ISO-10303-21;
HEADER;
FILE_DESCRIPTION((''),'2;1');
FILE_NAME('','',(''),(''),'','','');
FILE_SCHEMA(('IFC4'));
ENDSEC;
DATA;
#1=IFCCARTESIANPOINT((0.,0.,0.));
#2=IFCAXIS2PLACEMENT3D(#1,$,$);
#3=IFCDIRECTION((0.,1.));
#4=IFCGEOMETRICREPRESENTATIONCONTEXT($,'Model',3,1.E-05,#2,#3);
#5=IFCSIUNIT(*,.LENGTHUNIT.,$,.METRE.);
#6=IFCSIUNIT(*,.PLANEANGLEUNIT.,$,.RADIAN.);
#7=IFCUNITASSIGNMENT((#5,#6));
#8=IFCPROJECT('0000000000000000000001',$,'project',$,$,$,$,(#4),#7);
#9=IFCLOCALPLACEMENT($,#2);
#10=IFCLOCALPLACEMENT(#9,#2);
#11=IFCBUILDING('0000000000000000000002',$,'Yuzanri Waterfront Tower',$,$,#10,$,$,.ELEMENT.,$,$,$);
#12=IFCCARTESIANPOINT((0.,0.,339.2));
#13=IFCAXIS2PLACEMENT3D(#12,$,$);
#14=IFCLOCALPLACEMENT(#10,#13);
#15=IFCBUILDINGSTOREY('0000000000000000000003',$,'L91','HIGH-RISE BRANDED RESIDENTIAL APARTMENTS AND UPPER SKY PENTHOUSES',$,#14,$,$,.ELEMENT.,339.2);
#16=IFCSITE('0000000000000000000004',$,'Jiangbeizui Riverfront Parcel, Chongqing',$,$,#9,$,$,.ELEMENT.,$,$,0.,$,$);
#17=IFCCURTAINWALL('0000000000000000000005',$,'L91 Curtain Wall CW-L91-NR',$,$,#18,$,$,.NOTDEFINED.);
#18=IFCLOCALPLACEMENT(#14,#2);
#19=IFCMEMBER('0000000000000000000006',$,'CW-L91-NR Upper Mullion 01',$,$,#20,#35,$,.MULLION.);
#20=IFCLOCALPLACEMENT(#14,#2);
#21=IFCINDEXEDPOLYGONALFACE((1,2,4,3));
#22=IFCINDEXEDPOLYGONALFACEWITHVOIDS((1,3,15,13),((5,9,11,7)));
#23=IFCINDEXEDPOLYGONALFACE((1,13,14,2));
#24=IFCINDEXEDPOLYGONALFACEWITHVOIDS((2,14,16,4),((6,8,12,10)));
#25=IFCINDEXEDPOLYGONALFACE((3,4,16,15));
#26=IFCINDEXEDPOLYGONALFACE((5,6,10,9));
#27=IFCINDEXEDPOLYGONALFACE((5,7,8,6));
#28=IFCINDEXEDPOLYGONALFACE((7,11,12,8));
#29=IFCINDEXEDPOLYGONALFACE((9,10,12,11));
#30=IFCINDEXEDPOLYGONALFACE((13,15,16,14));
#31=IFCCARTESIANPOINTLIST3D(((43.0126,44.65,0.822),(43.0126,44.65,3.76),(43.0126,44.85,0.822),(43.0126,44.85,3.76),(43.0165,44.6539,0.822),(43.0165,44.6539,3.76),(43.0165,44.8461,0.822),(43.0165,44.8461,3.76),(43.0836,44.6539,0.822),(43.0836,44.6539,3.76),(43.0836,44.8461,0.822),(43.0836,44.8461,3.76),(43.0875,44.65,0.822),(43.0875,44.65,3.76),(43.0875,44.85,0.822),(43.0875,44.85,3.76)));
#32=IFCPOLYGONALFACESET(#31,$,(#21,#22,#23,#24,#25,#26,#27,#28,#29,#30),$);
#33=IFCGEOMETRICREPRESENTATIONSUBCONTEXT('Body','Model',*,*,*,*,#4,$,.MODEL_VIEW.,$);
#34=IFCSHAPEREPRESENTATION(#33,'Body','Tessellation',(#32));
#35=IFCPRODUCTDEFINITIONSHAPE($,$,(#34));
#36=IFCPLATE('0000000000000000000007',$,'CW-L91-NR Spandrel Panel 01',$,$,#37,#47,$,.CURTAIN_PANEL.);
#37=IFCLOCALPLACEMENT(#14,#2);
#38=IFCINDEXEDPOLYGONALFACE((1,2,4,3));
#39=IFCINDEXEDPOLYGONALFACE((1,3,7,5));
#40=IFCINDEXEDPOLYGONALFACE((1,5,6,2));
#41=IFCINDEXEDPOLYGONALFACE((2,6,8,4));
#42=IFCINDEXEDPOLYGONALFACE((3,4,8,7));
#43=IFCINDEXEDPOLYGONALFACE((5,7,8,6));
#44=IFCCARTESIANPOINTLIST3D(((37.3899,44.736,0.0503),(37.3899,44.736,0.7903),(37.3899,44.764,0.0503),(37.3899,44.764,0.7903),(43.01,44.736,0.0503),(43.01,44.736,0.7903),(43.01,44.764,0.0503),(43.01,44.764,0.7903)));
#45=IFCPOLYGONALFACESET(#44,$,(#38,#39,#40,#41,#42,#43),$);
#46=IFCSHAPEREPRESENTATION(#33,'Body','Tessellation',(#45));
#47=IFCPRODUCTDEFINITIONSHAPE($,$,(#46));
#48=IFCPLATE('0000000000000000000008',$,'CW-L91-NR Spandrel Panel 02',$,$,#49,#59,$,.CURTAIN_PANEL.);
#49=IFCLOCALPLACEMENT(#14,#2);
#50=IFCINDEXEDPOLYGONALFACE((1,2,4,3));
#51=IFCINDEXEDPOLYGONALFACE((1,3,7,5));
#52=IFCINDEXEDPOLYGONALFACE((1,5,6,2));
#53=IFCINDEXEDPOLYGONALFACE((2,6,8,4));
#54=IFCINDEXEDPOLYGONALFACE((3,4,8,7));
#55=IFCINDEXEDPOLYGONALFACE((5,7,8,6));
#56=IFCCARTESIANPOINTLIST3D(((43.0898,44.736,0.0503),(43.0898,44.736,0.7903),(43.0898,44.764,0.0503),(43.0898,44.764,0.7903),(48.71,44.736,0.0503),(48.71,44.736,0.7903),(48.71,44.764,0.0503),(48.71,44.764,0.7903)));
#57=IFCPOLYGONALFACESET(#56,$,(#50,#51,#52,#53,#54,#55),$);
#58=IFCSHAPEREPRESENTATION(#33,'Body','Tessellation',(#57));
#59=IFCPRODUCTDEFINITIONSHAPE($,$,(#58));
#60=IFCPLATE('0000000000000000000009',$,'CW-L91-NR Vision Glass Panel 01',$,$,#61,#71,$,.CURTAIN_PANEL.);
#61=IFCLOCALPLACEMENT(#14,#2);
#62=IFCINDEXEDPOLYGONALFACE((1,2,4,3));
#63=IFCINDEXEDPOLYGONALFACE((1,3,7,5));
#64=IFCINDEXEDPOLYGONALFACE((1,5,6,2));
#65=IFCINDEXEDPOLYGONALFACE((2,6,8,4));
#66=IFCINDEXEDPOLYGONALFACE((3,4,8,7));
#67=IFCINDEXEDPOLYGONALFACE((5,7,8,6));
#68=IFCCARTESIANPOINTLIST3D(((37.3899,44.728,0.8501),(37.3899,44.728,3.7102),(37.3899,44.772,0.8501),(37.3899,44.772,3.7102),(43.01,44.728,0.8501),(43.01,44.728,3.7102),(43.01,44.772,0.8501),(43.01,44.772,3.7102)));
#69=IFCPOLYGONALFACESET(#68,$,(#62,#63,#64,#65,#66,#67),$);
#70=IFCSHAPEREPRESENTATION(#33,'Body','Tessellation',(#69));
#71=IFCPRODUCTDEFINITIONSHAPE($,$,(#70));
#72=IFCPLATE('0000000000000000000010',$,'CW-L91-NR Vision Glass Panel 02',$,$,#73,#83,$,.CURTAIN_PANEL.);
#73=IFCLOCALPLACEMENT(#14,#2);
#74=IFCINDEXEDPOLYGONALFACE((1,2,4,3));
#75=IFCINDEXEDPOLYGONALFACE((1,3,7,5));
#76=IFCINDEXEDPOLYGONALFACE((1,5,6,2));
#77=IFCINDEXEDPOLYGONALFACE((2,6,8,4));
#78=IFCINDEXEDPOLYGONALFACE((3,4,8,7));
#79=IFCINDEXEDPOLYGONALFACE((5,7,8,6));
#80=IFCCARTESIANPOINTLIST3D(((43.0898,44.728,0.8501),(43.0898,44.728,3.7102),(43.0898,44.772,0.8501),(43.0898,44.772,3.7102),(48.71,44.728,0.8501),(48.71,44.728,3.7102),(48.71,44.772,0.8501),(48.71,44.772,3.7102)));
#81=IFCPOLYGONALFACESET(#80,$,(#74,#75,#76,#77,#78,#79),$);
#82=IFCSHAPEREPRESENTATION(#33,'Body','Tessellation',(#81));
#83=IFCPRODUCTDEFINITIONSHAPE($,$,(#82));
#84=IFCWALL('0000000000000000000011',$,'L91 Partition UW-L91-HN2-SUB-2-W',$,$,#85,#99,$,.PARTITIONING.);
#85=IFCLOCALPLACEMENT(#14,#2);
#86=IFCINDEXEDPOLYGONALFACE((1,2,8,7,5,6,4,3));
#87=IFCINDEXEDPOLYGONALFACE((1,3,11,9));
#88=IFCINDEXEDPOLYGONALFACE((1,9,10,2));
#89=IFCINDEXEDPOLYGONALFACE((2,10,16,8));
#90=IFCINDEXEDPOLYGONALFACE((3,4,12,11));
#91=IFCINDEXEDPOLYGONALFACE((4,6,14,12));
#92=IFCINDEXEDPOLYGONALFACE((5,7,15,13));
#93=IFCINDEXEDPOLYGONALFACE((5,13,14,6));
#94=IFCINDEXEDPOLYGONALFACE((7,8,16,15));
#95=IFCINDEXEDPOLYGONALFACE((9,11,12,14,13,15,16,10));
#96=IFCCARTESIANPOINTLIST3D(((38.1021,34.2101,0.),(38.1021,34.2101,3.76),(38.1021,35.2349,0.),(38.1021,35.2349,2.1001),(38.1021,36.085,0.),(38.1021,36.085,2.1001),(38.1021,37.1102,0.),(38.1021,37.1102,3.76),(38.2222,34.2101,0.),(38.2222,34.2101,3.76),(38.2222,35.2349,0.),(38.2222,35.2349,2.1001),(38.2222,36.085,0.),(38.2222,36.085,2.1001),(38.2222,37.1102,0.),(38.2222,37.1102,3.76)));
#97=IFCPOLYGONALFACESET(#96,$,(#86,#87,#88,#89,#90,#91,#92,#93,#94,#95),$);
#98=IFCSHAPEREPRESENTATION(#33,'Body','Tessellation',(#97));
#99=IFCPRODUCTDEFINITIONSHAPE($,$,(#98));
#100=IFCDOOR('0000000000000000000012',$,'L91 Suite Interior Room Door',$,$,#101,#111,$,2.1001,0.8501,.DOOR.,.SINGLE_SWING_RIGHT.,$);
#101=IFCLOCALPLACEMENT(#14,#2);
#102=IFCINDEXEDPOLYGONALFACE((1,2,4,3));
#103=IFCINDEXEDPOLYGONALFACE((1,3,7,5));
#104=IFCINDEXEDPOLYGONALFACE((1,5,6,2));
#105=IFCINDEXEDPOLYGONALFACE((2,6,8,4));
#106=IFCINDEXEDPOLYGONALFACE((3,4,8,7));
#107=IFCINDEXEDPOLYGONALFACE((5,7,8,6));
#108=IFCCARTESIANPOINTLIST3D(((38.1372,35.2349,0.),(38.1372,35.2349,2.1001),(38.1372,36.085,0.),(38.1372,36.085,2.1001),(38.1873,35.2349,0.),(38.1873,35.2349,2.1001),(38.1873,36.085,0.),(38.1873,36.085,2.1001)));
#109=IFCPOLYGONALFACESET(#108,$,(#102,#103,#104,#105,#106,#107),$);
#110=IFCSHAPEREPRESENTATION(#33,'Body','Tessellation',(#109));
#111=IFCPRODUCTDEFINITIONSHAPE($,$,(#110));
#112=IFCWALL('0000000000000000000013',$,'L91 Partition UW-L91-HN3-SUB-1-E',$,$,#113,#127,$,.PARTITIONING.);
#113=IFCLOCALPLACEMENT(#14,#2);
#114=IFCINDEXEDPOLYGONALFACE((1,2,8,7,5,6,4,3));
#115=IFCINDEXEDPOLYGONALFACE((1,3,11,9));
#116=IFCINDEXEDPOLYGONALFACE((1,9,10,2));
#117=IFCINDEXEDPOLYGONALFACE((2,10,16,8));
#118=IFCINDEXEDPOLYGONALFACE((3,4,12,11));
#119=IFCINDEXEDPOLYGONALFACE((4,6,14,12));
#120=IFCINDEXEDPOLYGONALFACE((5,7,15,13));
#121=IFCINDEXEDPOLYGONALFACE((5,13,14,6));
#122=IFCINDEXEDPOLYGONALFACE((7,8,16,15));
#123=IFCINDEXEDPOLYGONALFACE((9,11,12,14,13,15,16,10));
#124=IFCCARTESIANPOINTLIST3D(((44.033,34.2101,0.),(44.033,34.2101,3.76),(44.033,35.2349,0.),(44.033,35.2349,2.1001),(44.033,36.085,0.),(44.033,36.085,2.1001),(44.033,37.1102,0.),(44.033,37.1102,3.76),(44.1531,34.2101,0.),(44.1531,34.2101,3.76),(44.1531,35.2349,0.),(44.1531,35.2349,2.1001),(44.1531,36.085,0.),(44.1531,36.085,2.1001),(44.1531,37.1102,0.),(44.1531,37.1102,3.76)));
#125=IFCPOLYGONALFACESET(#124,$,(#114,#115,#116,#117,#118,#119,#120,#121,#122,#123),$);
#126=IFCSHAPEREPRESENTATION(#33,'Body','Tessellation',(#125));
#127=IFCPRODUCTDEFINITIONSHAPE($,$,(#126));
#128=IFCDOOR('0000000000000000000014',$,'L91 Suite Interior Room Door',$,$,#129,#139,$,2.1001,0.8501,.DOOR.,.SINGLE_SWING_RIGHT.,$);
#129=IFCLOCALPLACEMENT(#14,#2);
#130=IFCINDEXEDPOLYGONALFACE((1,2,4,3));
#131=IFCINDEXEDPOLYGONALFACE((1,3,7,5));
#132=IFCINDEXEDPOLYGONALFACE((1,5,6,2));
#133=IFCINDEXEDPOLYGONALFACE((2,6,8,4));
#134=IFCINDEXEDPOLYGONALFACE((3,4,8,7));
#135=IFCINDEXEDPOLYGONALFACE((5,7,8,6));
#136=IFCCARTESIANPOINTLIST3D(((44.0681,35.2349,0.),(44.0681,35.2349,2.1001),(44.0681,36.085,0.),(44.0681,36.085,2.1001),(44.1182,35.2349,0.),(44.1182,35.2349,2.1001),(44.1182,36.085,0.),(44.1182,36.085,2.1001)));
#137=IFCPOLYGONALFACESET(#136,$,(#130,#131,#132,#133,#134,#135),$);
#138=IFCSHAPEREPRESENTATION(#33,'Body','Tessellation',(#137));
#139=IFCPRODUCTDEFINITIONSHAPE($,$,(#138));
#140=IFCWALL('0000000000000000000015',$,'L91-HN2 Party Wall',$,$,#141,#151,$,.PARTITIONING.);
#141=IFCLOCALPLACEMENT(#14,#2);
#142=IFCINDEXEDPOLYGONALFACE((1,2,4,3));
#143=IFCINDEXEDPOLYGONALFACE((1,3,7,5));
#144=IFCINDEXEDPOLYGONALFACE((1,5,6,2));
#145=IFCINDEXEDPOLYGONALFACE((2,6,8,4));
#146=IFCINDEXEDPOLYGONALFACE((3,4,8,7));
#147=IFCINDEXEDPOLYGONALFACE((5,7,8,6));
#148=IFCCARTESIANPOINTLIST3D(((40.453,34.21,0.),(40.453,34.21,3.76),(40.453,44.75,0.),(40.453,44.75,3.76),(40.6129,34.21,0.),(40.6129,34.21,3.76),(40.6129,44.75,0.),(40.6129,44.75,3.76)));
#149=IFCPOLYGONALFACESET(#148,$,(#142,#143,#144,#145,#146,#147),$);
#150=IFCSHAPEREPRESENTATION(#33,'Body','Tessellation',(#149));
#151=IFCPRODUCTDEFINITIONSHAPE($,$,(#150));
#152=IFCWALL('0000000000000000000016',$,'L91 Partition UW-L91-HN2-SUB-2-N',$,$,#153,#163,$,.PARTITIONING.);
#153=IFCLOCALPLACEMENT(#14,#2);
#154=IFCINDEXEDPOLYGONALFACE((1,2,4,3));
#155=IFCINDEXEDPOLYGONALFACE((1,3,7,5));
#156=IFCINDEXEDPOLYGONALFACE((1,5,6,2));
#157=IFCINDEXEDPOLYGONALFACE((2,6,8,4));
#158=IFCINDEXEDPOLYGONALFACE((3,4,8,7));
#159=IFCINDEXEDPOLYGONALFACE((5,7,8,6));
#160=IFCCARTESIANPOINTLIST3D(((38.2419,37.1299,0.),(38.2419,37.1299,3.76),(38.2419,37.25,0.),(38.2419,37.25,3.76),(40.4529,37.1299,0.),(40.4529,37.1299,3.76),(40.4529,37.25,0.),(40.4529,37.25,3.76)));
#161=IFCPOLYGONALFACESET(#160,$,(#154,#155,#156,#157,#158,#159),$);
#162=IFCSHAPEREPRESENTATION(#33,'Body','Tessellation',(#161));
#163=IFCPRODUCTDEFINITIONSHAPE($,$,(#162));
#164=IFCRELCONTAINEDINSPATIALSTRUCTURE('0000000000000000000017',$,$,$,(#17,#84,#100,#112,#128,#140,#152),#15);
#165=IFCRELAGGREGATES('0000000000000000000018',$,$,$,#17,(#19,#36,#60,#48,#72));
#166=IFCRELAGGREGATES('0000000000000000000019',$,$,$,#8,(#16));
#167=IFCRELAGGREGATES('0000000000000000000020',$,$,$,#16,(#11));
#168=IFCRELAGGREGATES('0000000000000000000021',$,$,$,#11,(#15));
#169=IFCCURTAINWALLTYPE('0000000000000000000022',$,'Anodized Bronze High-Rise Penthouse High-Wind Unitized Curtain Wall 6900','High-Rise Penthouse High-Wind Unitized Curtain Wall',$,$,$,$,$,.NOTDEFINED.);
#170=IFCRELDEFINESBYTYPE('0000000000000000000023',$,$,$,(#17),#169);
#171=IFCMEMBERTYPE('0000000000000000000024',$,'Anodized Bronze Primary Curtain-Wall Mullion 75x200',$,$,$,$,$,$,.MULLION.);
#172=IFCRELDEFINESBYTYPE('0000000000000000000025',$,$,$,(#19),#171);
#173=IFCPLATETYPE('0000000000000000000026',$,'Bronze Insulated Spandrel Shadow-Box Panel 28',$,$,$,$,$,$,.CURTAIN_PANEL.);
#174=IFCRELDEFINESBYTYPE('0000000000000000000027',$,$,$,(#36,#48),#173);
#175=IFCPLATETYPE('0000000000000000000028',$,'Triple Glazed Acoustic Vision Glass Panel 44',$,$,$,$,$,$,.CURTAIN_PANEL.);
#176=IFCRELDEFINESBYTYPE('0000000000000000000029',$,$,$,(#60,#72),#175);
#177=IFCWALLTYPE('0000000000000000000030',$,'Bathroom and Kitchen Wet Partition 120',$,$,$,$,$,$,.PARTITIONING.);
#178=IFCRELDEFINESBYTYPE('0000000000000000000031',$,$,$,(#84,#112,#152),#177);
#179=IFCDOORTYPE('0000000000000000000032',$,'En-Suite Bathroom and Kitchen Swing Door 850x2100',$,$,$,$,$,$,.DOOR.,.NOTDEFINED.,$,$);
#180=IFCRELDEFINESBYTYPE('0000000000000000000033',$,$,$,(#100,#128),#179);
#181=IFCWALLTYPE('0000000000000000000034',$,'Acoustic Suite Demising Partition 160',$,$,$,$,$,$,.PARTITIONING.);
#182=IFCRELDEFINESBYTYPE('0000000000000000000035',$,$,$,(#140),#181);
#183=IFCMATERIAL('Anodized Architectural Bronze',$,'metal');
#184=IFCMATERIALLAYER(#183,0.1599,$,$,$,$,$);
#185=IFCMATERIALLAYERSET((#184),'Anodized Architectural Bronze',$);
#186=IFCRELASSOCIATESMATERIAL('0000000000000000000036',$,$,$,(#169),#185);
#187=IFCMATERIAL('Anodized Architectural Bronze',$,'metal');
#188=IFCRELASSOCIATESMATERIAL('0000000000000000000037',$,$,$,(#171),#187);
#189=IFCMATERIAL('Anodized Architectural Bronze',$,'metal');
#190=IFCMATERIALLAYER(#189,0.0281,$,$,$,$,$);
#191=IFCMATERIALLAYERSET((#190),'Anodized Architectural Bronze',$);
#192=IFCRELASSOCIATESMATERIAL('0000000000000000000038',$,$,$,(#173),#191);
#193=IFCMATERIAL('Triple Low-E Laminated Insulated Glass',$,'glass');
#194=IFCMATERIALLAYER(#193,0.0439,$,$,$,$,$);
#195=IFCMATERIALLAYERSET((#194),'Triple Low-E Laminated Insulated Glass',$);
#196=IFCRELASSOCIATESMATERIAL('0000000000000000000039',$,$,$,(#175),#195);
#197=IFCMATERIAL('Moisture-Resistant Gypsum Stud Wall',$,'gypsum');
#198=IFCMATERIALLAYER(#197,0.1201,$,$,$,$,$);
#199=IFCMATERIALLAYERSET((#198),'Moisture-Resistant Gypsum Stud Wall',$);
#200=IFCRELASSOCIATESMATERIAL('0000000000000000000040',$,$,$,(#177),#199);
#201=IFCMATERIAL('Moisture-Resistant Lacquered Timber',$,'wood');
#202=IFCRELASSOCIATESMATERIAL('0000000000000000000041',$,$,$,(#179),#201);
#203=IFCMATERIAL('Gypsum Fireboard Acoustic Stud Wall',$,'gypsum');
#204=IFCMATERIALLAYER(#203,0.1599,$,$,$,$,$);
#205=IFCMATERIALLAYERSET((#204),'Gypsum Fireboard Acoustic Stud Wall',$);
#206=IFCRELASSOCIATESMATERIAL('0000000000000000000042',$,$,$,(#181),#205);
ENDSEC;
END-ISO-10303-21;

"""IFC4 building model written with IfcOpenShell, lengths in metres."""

from ifc_helpers import new_model, si_unit, direction, frame, frame_2d, origin, origin_2d, place, context, subcontext, project, spatial, rectangle, hollow_rectangle, extrude, source, transform, mapped, material, layer, layer_set, material_profile, profile_set, type_object, element, fill, aggregate, save


model = new_model("IFC4")

# Units and contexts
model_context = context("Model", 3, precision=1e-05, world=origin(), true_north=direction((0.0, 1.0)))
body_context = subcontext(model_context, "Body", "Model", "MODEL_VIEW")
ifc_project = project(units=[si_unit("LENGTHUNIT", "METRE"), si_unit("PLANEANGLEUNIT", "RADIAN")], contexts=[model_context])

# Site, building, storey
site_placement = place(None, origin())
site = spatial("IfcSite", under=ifc_project, at=site_placement, Name="Jiangbeizui Riverfront Parcel, Chongqing", CompositionType="ELEMENT", RefElevation=0.0)
building_placement = place(site_placement, origin())
building = spatial("IfcBuilding", under=site, at=building_placement, Name="Yuzanri Waterfront Tower", CompositionType="ELEMENT")
storey_placement = place(building_placement, frame((0.0, 0.0, 339.2)))
storey = spatial("IfcBuildingStorey", under=building, at=storey_placement, Name="L91", Description="HIGH-RISE BRANDED RESIDENTIAL APARTMENTS AND UPPER SKY PENTHOUSES", CompositionType="ELEMENT", Elevation=339.2)

# Curtain wall, member, plates
ifc_material_1 = material(Name="Anodized Architectural Bronze", Category="metal")
ifc_layer_1 = layer(ifc_material_1, 0.1599)
ifc_layer_set_1 = layer_set([ifc_layer_1], Name="Anodized Architectural Bronze")
curtain_wall_type = type_object("IfcCurtainWallType", Name="Anodized Bronze High-Rise Penthouse High-Wind Unitized Curtain Wall 6900", Description="High-Rise Penthouse High-Wind Unitized Curtain Wall", PredefinedType="NOTDEFINED", material=ifc_layer_set_1)
curtain_wall_placement = place(storey_placement, origin())
curtain_wall = element("IfcCurtainWall", 1, at=curtain_wall_placement, inside=storey, type_object=curtain_wall_type, Name="L91 Curtain Wall CW-L91-NR", PredefinedType="NOTDEFINED")
ifc_material_2 = material(Name="Anodized Architectural Bronze", Category="metal")
ifc_material_profile_1 = material_profile(ifc_material_2, hollow_rectangle(XDim=0.075, YDim=0.2, WallThickness=0.0039, at=origin_2d()), Name="CWM 75x200")
ifc_profile_set_1 = profile_set([ifc_material_profile_1], Name="Anodized Architectural Bronze")
member_type_1 = type_object("IfcMemberType", Name="Anodized Bronze Primary Curtain-Wall Mullion 75x200", PredefinedType="MULLION", material=ifc_profile_set_1)
shared_shape_1 = source(origin(), body_context, "Body", "SweptSolid", [
    extrude(hollow_rectangle(XDim=0.075, YDim=0.2, WallThickness=0.0039, at=origin_2d()), origin(), (0.0, 0.0, 1.0), 2.938),
])
member_1_placement = place(storey_placement, frame((43.05, 44.75, 0.822), z_axis=(0.0, 0.0, 1.0), x_axis=(1.0, 0.0, 0.0)))
member_1 = element("IfcMember", 2, at=member_1_placement, type_object=member_type_1, Name="CW-L91-NR Upper Mullion 01", PredefinedType="MULLION", context=body_context, shape_type="MappedRepresentation", body=[
    mapped(shared_shape_1, transform((0.0, 0.0, 0.0), scale=1.0)),
])
ifc_material_3 = material(Name="Anodized Architectural Bronze", Category="metal")
ifc_layer_2 = layer(ifc_material_3, 0.0281)
ifc_layer_set_2 = layer_set([ifc_layer_2], Name="Anodized Architectural Bronze")
plate_type_1 = type_object("IfcPlateType", Name="Bronze Insulated Spandrel Shadow-Box Panel 28", PredefinedType="CURTAIN_PANEL", material=ifc_layer_set_2)
shared_shape_2 = source(origin(), body_context, "Body", "SweptSolid", [
    extrude(rectangle(XDim=5.6201, YDim=0.0281, at=origin_2d()), origin(), (0.0, 0.0, 1.0), 0.74),
])
plate_1_placement = place(storey_placement, frame((40.2, 44.75, 0.0503), z_axis=(0.0, 0.0, 1.0), x_axis=(1.0, 0.0, 0.0)))
plate_1 = element("IfcPlate", 3, at=plate_1_placement, type_object=plate_type_1, Name="CW-L91-NR Spandrel Panel 01", PredefinedType="CURTAIN_PANEL", context=body_context, shape_type="MappedRepresentation", body=[
    mapped(shared_shape_2, transform((0.0, 0.0, 0.0), scale=1.0)),
])
plate_2_placement = place(storey_placement, frame((45.8999, 44.75, 0.0503), z_axis=(0.0, 0.0, 1.0), x_axis=(1.0, 0.0, 0.0)))
plate_2 = element("IfcPlate", 4, at=plate_2_placement, type_object=plate_type_1, Name="CW-L91-NR Spandrel Panel 02", PredefinedType="CURTAIN_PANEL", context=body_context, shape_type="MappedRepresentation", body=[
    mapped(shared_shape_2, transform((0.0, 0.0, 0.0), scale=1.0)),
])
ifc_material_4 = material(Name="Triple Low-E Laminated Insulated Glass", Category="glass")
ifc_layer_3 = layer(ifc_material_4, 0.0439)
ifc_layer_set_3 = layer_set([ifc_layer_3], Name="Triple Low-E Laminated Insulated Glass")
plate_type_2 = type_object("IfcPlateType", Name="Triple Glazed Acoustic Vision Glass Panel 44", PredefinedType="CURTAIN_PANEL", material=ifc_layer_set_3)
shared_shape_3 = source(origin(), body_context, "Body", "SweptSolid", [
    extrude(rectangle(XDim=5.6201, YDim=0.0439, at=origin_2d()), origin(), (0.0, 0.0, 1.0), 2.8601),
])
plate_3_placement = place(storey_placement, frame((40.2, 44.75, 0.8501), z_axis=(0.0, 0.0, 1.0), x_axis=(1.0, 0.0, 0.0)))
plate_3 = element("IfcPlate", 5, at=plate_3_placement, type_object=plate_type_2, Name="CW-L91-NR Vision Glass Panel 01", PredefinedType="CURTAIN_PANEL", context=body_context, shape_type="MappedRepresentation", body=[
    mapped(shared_shape_3, transform((0.0, 0.0, 0.0), scale=1.0)),
])
plate_4_placement = place(storey_placement, frame((45.8999, 44.75, 0.8501), z_axis=(0.0, 0.0, 1.0), x_axis=(1.0, 0.0, 0.0)))
plate_4 = element("IfcPlate", 6, at=plate_4_placement, type_object=plate_type_2, Name="CW-L91-NR Vision Glass Panel 02", PredefinedType="CURTAIN_PANEL", context=body_context, shape_type="MappedRepresentation", body=[
    mapped(shared_shape_3, transform((0.0, 0.0, 0.0), scale=1.0)),
])
aggregate(curtain_wall, [member_1, plate_1, plate_3, plate_2, plate_4])

# Walls, openings, doors
ifc_material_5 = material(Name="Moisture-Resistant Gypsum Stud Wall", Category="gypsum")
ifc_layer_4 = layer(ifc_material_5, 0.1201)
ifc_layer_set_4 = layer_set([ifc_layer_4], Name="Moisture-Resistant Gypsum Stud Wall")
wall_type_1 = type_object("IfcWallType", Name="Bathroom and Kitchen Wet Partition 120", PredefinedType="PARTITIONING", material=ifc_layer_set_4)
wall_1_placement = place(storey_placement, frame((38.1621, 34.21, 0.0), z_axis=(0.0, 0.0, 1.0), x_axis=(0.0, 1.0, 0.0)))
wall_1 = element("IfcWall", 7, at=wall_1_placement, inside=storey, type_object=wall_type_1, Name="L91 Partition UW-L91-HN2-SUB-2-W", PredefinedType="PARTITIONING", context=body_context, shape_type="SweptSolid", body=[
    extrude(rectangle(XDim=2.9001, YDim=0.1201, at=frame_2d((1.4502, 0.0))), origin(), (0.0, 0.0, 1.0), 3.76),
])
opening_1_placement = place(wall_1_placement, frame((1.0249, 0.0, 0.0)))
opening_1 = element("IfcOpeningElement", 8, at=opening_1_placement, cuts=wall_1, PredefinedType="OPENING", context=body_context, shape_type="SweptSolid", body=[
    extrude(rectangle(XDim=0.8501, YDim=2.1001, at=frame_2d((0.425, 1.05))), frame((0.0, 0.075, 0.0), z_axis=(0.0, -1.0, 0.0), x_axis=(1.0, 0.0, 0.0)), (0.0, 0.0, 1.0), 0.1499),
])
ifc_material_6 = material(Name="Moisture-Resistant Lacquered Timber", Category="wood")
door_type = type_object("IfcDoorType", Name="En-Suite Bathroom and Kitchen Swing Door 850x2100", OperationType="NOTDEFINED", PredefinedType="DOOR", material=ifc_material_6)
shared_shape_4 = source(origin(), body_context, "Body", "SweptSolid", [
    extrude(rectangle(XDim=0.8501, YDim=2.1001, at=frame_2d((0.425, 1.05))), frame((0.0, 0.0249, 0.0), z_axis=(0.0, -1.0, 0.0), x_axis=(1.0, 0.0, 0.0)), (0.0, 0.0, 1.0), 0.05),
])
door_1_placement = place(opening_1_placement, origin())
door_1 = element("IfcDoor", 9, at=door_1_placement, inside=storey, type_object=door_type, Name="L91 Suite Interior Room Door", OperationType="SINGLE_SWING_RIGHT", OverallHeight=2.1001, OverallWidth=0.8501, PredefinedType="DOOR", context=body_context, shape_type="MappedRepresentation", body=[
    mapped(shared_shape_4, transform((0.0, 0.0, 0.0), scale=1.0)),
])
fill(opening_1, door_1)
wall_2_placement = place(storey_placement, frame((44.093, 34.21, 0.0), z_axis=(0.0, 0.0, 1.0), x_axis=(0.0, 1.0, 0.0)))
wall_2 = element("IfcWall", 10, at=wall_2_placement, inside=storey, type_object=wall_type_1, Name="L91 Partition UW-L91-HN3-SUB-1-E", PredefinedType="PARTITIONING", context=body_context, shape_type="SweptSolid", body=[
    extrude(rectangle(XDim=2.9001, YDim=0.1201, at=frame_2d((1.4502, 0.0))), origin(), (0.0, 0.0, 1.0), 3.76),
])
opening_2_placement = place(wall_2_placement, frame((1.0249, 0.0, 0.0)))
opening_2 = element("IfcOpeningElement", 11, at=opening_2_placement, cuts=wall_2, PredefinedType="OPENING", context=body_context, shape_type="SweptSolid", body=[
    extrude(rectangle(XDim=0.8501, YDim=2.1001, at=frame_2d((0.425, 1.05))), frame((0.0, 0.075, 0.0), z_axis=(0.0, -1.0, 0.0), x_axis=(1.0, 0.0, 0.0)), (0.0, 0.0, 1.0), 0.1499),
])
door_2_placement = place(opening_2_placement, origin())
door_2 = element("IfcDoor", 12, at=door_2_placement, inside=storey, type_object=door_type, Name="L91 Suite Interior Room Door", OperationType="SINGLE_SWING_RIGHT", OverallHeight=2.1001, OverallWidth=0.8501, PredefinedType="DOOR", context=body_context, shape_type="MappedRepresentation", body=[
    mapped(shared_shape_4, transform((0.0, 0.0, 0.0), scale=1.0)),
])
fill(opening_2, door_2)

# Walls
ifc_material_7 = material(Name="Gypsum Fireboard Acoustic Stud Wall", Category="gypsum")
ifc_layer_5 = layer(ifc_material_7, 0.1599)
ifc_layer_set_5 = layer_set([ifc_layer_5], Name="Gypsum Fireboard Acoustic Stud Wall")
wall_type_2 = type_object("IfcWallType", Name="Acoustic Suite Demising Partition 160", PredefinedType="PARTITIONING", material=ifc_layer_set_5)
shared_shape_5 = source(origin(), body_context, "Body", "SweptSolid", [
    extrude(rectangle(XDim=10.54, YDim=0.1599, at=frame_2d((5.27, 0.0))), origin(), (0.0, 0.0, 1.0), 3.76),
])
wall_3_placement = place(storey_placement, frame((40.533, 34.21, 0.0), z_axis=(0.0, 0.0, 1.0), x_axis=(0.0, 1.0, 0.0)))
element("IfcWall", 13, at=wall_3_placement, inside=storey, type_object=wall_type_2, Name="L91-HN2 Party Wall", PredefinedType="PARTITIONING", context=body_context, shape_type="MappedRepresentation", body=[
    mapped(shared_shape_5, transform((0.0, 0.0, 0.0), scale=1.0)),
])
shared_shape_6 = source(origin(), body_context, "Body", "SweptSolid", [
    extrude(rectangle(XDim=2.2109, YDim=0.1201, at=frame_2d((1.1055, 0.0))), origin(), (0.0, 0.0, 1.0), 3.76),
])
wall_4_placement = place(storey_placement, frame((38.2419, 37.1899, 0.0), z_axis=(0.0, 0.0, 1.0), x_axis=(1.0, 0.0, 0.0)))
element("IfcWall", 14, at=wall_4_placement, inside=storey, type_object=wall_type_1, Name="L91 Partition UW-L91-HN2-SUB-2-N", PredefinedType="PARTITIONING", context=body_context, shape_type="MappedRepresentation", body=[
    mapped(shared_shape_6, transform((0.0, 0.0, 0.0), scale=1.0)),
])

save(model, "model.ifc")
